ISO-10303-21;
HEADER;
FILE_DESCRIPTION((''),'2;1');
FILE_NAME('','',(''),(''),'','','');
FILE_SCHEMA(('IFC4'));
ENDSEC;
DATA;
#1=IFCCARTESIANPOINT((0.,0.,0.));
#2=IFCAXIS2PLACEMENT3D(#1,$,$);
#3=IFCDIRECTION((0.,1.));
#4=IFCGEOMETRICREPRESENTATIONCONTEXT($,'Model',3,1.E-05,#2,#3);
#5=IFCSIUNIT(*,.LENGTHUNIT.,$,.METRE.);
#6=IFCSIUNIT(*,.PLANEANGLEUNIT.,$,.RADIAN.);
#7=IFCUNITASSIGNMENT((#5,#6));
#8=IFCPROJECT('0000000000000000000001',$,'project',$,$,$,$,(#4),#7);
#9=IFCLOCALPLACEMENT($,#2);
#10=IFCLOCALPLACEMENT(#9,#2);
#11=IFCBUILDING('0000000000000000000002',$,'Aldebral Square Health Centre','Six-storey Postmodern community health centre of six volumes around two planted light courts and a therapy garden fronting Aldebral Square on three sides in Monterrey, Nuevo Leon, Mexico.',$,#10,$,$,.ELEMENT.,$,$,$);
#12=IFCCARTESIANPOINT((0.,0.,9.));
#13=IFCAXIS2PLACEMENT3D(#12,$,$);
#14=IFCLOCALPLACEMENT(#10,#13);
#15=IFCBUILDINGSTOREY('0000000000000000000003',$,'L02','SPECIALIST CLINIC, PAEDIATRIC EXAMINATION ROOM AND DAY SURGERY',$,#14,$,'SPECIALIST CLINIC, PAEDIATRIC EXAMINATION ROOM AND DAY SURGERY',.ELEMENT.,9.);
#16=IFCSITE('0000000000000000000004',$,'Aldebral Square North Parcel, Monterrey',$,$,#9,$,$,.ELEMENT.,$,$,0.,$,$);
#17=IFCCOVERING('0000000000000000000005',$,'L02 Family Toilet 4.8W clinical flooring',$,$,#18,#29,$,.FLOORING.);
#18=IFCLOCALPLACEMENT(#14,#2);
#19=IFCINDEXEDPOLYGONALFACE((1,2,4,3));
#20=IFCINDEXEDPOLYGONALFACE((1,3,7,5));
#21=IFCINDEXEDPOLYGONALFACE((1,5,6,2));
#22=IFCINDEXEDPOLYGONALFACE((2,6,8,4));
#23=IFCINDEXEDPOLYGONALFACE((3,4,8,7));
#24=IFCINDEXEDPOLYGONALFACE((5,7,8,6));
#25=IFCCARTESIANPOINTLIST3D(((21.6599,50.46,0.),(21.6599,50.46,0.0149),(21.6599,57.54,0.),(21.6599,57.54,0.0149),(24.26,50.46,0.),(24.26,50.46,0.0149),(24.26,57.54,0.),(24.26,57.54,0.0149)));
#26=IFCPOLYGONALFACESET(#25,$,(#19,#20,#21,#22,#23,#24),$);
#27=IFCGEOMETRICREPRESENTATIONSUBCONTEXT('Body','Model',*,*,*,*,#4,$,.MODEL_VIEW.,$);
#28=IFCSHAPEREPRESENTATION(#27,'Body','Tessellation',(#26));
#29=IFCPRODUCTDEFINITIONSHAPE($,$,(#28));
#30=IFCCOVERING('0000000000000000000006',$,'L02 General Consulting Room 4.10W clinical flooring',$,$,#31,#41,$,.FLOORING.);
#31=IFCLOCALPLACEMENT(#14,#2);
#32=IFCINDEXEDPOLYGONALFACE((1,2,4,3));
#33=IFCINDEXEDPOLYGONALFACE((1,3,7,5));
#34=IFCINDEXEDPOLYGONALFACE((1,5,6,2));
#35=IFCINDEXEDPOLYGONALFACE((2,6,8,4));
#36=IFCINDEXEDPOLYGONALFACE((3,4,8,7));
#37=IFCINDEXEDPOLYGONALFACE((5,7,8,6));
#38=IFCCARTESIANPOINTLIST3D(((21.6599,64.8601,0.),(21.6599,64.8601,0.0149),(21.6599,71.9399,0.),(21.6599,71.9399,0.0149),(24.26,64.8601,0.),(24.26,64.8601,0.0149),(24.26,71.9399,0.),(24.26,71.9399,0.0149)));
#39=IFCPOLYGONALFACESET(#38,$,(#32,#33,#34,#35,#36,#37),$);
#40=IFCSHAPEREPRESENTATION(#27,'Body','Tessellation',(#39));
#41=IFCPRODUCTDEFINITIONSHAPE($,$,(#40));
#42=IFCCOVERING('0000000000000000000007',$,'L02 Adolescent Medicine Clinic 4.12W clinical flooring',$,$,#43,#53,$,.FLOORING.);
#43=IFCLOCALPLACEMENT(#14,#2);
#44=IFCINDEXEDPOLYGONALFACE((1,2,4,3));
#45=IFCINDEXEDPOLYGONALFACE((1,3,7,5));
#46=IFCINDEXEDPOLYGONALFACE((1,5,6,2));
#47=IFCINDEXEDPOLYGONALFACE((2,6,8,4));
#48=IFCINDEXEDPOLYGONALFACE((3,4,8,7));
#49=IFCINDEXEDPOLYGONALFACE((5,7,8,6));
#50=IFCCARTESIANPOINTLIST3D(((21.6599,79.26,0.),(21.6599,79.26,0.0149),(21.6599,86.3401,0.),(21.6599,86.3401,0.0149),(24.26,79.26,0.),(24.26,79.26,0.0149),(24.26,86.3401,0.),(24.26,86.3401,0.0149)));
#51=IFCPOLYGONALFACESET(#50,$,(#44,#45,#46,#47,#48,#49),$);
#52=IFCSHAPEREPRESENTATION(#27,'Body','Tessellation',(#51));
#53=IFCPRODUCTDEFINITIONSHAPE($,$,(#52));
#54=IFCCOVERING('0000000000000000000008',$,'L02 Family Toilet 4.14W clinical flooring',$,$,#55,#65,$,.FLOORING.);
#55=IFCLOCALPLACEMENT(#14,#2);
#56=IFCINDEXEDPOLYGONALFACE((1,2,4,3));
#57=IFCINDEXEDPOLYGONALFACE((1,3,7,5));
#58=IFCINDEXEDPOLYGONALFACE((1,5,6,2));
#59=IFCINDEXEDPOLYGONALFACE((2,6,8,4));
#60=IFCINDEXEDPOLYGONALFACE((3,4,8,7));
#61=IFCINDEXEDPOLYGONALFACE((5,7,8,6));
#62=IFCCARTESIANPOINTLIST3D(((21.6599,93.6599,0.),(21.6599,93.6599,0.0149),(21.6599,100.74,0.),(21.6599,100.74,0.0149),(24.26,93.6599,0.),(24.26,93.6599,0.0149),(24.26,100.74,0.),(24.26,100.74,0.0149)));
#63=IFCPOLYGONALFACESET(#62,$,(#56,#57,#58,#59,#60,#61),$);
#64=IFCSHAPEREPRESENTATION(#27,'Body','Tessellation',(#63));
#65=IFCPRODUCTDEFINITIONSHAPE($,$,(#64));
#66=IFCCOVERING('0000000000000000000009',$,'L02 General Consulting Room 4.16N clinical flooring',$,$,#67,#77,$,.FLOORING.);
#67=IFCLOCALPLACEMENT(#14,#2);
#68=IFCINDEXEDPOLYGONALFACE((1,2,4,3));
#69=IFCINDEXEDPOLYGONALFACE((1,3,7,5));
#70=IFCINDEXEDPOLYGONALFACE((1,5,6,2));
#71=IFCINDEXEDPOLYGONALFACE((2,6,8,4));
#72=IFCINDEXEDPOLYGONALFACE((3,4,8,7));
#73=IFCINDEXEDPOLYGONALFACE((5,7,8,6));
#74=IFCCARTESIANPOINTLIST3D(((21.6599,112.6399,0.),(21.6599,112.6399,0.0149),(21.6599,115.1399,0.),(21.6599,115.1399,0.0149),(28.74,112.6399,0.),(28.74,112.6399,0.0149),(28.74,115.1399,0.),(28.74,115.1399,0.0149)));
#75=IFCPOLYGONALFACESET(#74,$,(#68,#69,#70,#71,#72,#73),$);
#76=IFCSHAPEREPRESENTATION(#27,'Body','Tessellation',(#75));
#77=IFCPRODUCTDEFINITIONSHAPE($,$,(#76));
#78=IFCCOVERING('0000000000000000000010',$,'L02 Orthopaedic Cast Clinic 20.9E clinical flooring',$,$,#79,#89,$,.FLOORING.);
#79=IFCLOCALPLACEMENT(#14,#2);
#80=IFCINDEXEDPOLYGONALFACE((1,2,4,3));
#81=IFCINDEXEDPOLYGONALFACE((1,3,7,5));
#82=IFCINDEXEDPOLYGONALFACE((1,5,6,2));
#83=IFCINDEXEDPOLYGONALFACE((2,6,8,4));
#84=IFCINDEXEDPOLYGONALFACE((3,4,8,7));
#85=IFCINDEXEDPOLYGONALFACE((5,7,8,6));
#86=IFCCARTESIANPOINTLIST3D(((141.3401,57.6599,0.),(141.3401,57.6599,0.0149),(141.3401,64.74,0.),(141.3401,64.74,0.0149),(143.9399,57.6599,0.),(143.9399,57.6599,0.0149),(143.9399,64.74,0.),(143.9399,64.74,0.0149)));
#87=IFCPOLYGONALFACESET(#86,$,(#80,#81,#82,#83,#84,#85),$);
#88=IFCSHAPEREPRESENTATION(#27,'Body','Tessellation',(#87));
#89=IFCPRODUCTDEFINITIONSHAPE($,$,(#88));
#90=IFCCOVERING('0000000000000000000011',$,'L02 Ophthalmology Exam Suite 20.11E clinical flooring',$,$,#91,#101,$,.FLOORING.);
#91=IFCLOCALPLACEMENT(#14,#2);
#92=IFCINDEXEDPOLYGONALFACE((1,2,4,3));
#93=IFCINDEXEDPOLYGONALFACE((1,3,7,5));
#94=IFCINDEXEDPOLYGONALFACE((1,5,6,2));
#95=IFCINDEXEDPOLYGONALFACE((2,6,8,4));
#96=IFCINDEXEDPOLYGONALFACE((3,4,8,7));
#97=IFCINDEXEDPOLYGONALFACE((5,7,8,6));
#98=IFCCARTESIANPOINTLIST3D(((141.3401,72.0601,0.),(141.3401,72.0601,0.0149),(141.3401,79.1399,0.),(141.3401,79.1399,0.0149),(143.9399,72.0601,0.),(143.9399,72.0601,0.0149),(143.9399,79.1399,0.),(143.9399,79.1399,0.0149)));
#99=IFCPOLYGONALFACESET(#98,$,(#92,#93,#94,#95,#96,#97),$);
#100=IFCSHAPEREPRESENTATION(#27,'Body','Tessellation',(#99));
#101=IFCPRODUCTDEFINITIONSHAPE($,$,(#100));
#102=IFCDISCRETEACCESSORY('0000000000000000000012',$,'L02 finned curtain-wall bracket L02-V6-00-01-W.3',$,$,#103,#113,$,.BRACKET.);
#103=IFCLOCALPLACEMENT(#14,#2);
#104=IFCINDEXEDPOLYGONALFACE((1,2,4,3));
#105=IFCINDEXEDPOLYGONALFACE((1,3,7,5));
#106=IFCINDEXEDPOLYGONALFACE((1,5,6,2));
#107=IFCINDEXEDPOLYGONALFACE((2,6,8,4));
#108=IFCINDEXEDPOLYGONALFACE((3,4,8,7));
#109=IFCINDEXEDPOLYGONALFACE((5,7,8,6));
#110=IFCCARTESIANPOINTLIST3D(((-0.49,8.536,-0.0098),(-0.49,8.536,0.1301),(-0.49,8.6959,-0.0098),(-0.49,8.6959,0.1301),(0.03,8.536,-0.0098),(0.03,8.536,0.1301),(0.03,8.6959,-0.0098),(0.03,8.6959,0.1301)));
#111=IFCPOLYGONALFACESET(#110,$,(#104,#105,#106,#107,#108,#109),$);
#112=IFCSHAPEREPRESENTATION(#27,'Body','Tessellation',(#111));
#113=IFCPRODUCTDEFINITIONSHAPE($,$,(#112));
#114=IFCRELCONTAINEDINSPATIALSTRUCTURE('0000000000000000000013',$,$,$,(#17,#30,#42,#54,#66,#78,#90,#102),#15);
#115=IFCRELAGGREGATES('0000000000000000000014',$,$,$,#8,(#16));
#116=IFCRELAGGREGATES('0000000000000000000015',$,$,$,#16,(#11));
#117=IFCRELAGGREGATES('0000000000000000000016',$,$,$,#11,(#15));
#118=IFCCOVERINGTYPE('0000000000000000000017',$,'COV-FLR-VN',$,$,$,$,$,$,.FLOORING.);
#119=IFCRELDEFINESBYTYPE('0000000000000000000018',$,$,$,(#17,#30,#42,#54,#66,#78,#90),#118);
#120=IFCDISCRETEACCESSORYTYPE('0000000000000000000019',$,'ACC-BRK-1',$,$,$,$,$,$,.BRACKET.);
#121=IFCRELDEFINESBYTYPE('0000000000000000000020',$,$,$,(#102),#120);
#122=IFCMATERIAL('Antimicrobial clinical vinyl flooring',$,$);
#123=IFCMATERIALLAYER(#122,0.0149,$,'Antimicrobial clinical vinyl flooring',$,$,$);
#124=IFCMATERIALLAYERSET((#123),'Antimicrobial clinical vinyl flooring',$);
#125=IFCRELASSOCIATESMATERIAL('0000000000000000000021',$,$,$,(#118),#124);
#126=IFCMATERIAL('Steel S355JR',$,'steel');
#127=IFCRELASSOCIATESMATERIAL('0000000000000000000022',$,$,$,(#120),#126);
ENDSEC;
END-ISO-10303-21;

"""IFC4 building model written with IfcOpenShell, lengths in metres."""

from ifc_helpers import new_model, si_unit, direction, frame, origin, origin_2d, place, context, subcontext, project, spatial, polyline, rectangle, outline, extrude, material, layer, layer_set, type_object, element, save


model = new_model("IFC4")

# Units and contexts
model_context = context("Model", 3, precision=1e-05, world=origin(), true_north=direction((0.0, 1.0)))
body_context = subcontext(model_context, "Body", "Model", "MODEL_VIEW")
ifc_project = project(units=[si_unit("LENGTHUNIT", "METRE"), si_unit("PLANEANGLEUNIT", "RADIAN")], contexts=[model_context])

# Site, building, storey
site_placement = place(None, origin())
site = spatial("IfcSite", under=ifc_project, at=site_placement, Name="Aldebral Square North Parcel, Monterrey", CompositionType="ELEMENT", RefElevation=0.0)
building_placement = place(site_placement, origin())
building = spatial("IfcBuilding", under=site, at=building_placement, Name="Aldebral Square Health Centre", Description="Six-storey Postmodern community health centre of six volumes around two planted light courts and a therapy garden fronting Aldebral Square on three sides in Monterrey, Nuevo Leon, Mexico.", CompositionType="ELEMENT")
storey_placement = place(building_placement, frame((0.0, 0.0, 9.0)))
storey = spatial("IfcBuildingStorey", under=building, at=storey_placement, Name="L02", Description="SPECIALIST CLINIC, PAEDIATRIC EXAMINATION ROOM AND DAY SURGERY", LongName="SPECIALIST CLINIC, PAEDIATRIC EXAMINATION ROOM AND DAY SURGERY", CompositionType="ELEMENT", Elevation=9.0)

# Coverings
ifc_material_1 = material(Name="Antimicrobial clinical vinyl flooring")
ifc_layer_1 = layer(ifc_material_1, 0.0149, Name="Antimicrobial clinical vinyl flooring")
ifc_layer_set_1 = layer_set([ifc_layer_1], Name="Antimicrobial clinical vinyl flooring")
covering_type_1 = type_object("IfcCoveringType", Name="COV-FLR-VN", PredefinedType="FLOORING", material=ifc_layer_set_1)
covering_1_placement = place(storey_placement, origin())
element("IfcCovering", 1, at=covering_1_placement, inside=storey, type_object=covering_type_1, Name="L02 Family Toilet 4.8W clinical flooring", PredefinedType="FLOORING", context=body_context, shape_type="SweptSolid", body=[
    extrude(outline(polyline([(21.6599, 50.46), (24.26, 50.46), (24.26, 57.54), (21.6599, 57.54), (21.6599, 50.46)])), origin(), (0.0, 0.0, 1.0), 0.0149),
])
covering_2_placement = place(storey_placement, origin())
element("IfcCovering", 2, at=covering_2_placement, inside=storey, type_object=covering_type_1, Name="L02 General Consulting Room 4.10W clinical flooring", PredefinedType="FLOORING", context=body_context, shape_type="SweptSolid", body=[
    extrude(outline(polyline([(21.6599, 64.8601), (24.26, 64.8601), (24.26, 71.9399), (21.6599, 71.9399), (21.6599, 64.8601)])), origin(), (0.0, 0.0, 1.0), 0.0149),
])
covering_3_placement = place(storey_placement, origin())
element("IfcCovering", 3, at=covering_3_placement, inside=storey, type_object=covering_type_1, Name="L02 Adolescent Medicine Clinic 4.12W clinical flooring", PredefinedType="FLOORING", context=body_context, shape_type="SweptSolid", body=[
    extrude(outline(polyline([(21.6599, 79.26), (24.26, 79.26), (24.26, 86.3401), (21.6599, 86.3401), (21.6599, 79.26)])), origin(), (0.0, 0.0, 1.0), 0.0149),
])
covering_4_placement = place(storey_placement, origin())
element("IfcCovering", 4, at=covering_4_placement, inside=storey, type_object=covering_type_1, Name="L02 Family Toilet 4.14W clinical flooring", PredefinedType="FLOORING", context=body_context, shape_type="SweptSolid", body=[
    extrude(outline(polyline([(21.6599, 93.6599), (24.26, 93.6599), (24.26, 100.74), (21.6599, 100.74), (21.6599, 93.6599)])), origin(), (0.0, 0.0, 1.0), 0.0149),
])
covering_5_placement = place(storey_placement, origin())
element("IfcCovering", 5, at=covering_5_placement, inside=storey, type_object=covering_type_1, Name="L02 General Consulting Room 4.16N clinical flooring", PredefinedType="FLOORING", context=body_context, shape_type="SweptSolid", body=[
    extrude(outline(polyline([(21.6599, 112.6399), (28.74, 112.6399), (28.74, 115.1399), (21.6599, 115.1399), (21.6599, 112.6399)])), origin(), (0.0, 0.0, 1.0), 0.0149),
])
covering_6_placement = place(storey_placement, origin())
element("IfcCovering", 6, at=covering_6_placement, inside=storey, type_object=covering_type_1, Name="L02 Orthopaedic Cast Clinic 20.9E clinical flooring", PredefinedType="FLOORING", context=body_context, shape_type="SweptSolid", body=[
    extrude(outline(polyline([(141.3401, 57.6599), (143.9399, 57.6599), (143.9399, 64.74), (141.3401, 64.74), (141.3401, 57.6599)])), origin(), (0.0, 0.0, 1.0), 0.0149),
])
covering_7_placement = place(storey_placement, origin())
element("IfcCovering", 7, at=covering_7_placement, inside=storey, type_object=covering_type_1, Name="L02 Ophthalmology Exam Suite 20.11E clinical flooring", PredefinedType="FLOORING", context=body_context, shape_type="SweptSolid", body=[
    extrude(outline(polyline([(141.3401, 72.0601), (143.9399, 72.0601), (143.9399, 79.1399), (141.3401, 79.1399), (141.3401, 72.0601)])), origin(), (0.0, 0.0, 1.0), 0.0149),
])

# Discrete accessory
ifc_material_2 = material(Name="Steel S355JR", Category="steel")
discrete_accessory_type = type_object("IfcDiscreteAccessoryType", Name="ACC-BRK-1", PredefinedType="BRACKET", material=ifc_material_2)
discrete_accessory_placement = place(storey_placement, frame((-0.23, 8.616, -0.0098), z_axis=(0.0, 0.0, 1.0), x_axis=(0.0, 1.0, 0.0)))
element("IfcDiscreteAccessory", 8, at=discrete_accessory_placement, inside=storey, type_object=discrete_accessory_type, Name="L02 finned curtain-wall bracket L02-V6-00-01-W.3", PredefinedType="BRACKET", context=body_context, shape_type="SweptSolid", body=[
    extrude(rectangle(XDim=0.1599, YDim=0.52, at=origin_2d()), origin(), (0.0, 0.0, 1.0), 0.1399),
])

save(model, "model.ifc")
